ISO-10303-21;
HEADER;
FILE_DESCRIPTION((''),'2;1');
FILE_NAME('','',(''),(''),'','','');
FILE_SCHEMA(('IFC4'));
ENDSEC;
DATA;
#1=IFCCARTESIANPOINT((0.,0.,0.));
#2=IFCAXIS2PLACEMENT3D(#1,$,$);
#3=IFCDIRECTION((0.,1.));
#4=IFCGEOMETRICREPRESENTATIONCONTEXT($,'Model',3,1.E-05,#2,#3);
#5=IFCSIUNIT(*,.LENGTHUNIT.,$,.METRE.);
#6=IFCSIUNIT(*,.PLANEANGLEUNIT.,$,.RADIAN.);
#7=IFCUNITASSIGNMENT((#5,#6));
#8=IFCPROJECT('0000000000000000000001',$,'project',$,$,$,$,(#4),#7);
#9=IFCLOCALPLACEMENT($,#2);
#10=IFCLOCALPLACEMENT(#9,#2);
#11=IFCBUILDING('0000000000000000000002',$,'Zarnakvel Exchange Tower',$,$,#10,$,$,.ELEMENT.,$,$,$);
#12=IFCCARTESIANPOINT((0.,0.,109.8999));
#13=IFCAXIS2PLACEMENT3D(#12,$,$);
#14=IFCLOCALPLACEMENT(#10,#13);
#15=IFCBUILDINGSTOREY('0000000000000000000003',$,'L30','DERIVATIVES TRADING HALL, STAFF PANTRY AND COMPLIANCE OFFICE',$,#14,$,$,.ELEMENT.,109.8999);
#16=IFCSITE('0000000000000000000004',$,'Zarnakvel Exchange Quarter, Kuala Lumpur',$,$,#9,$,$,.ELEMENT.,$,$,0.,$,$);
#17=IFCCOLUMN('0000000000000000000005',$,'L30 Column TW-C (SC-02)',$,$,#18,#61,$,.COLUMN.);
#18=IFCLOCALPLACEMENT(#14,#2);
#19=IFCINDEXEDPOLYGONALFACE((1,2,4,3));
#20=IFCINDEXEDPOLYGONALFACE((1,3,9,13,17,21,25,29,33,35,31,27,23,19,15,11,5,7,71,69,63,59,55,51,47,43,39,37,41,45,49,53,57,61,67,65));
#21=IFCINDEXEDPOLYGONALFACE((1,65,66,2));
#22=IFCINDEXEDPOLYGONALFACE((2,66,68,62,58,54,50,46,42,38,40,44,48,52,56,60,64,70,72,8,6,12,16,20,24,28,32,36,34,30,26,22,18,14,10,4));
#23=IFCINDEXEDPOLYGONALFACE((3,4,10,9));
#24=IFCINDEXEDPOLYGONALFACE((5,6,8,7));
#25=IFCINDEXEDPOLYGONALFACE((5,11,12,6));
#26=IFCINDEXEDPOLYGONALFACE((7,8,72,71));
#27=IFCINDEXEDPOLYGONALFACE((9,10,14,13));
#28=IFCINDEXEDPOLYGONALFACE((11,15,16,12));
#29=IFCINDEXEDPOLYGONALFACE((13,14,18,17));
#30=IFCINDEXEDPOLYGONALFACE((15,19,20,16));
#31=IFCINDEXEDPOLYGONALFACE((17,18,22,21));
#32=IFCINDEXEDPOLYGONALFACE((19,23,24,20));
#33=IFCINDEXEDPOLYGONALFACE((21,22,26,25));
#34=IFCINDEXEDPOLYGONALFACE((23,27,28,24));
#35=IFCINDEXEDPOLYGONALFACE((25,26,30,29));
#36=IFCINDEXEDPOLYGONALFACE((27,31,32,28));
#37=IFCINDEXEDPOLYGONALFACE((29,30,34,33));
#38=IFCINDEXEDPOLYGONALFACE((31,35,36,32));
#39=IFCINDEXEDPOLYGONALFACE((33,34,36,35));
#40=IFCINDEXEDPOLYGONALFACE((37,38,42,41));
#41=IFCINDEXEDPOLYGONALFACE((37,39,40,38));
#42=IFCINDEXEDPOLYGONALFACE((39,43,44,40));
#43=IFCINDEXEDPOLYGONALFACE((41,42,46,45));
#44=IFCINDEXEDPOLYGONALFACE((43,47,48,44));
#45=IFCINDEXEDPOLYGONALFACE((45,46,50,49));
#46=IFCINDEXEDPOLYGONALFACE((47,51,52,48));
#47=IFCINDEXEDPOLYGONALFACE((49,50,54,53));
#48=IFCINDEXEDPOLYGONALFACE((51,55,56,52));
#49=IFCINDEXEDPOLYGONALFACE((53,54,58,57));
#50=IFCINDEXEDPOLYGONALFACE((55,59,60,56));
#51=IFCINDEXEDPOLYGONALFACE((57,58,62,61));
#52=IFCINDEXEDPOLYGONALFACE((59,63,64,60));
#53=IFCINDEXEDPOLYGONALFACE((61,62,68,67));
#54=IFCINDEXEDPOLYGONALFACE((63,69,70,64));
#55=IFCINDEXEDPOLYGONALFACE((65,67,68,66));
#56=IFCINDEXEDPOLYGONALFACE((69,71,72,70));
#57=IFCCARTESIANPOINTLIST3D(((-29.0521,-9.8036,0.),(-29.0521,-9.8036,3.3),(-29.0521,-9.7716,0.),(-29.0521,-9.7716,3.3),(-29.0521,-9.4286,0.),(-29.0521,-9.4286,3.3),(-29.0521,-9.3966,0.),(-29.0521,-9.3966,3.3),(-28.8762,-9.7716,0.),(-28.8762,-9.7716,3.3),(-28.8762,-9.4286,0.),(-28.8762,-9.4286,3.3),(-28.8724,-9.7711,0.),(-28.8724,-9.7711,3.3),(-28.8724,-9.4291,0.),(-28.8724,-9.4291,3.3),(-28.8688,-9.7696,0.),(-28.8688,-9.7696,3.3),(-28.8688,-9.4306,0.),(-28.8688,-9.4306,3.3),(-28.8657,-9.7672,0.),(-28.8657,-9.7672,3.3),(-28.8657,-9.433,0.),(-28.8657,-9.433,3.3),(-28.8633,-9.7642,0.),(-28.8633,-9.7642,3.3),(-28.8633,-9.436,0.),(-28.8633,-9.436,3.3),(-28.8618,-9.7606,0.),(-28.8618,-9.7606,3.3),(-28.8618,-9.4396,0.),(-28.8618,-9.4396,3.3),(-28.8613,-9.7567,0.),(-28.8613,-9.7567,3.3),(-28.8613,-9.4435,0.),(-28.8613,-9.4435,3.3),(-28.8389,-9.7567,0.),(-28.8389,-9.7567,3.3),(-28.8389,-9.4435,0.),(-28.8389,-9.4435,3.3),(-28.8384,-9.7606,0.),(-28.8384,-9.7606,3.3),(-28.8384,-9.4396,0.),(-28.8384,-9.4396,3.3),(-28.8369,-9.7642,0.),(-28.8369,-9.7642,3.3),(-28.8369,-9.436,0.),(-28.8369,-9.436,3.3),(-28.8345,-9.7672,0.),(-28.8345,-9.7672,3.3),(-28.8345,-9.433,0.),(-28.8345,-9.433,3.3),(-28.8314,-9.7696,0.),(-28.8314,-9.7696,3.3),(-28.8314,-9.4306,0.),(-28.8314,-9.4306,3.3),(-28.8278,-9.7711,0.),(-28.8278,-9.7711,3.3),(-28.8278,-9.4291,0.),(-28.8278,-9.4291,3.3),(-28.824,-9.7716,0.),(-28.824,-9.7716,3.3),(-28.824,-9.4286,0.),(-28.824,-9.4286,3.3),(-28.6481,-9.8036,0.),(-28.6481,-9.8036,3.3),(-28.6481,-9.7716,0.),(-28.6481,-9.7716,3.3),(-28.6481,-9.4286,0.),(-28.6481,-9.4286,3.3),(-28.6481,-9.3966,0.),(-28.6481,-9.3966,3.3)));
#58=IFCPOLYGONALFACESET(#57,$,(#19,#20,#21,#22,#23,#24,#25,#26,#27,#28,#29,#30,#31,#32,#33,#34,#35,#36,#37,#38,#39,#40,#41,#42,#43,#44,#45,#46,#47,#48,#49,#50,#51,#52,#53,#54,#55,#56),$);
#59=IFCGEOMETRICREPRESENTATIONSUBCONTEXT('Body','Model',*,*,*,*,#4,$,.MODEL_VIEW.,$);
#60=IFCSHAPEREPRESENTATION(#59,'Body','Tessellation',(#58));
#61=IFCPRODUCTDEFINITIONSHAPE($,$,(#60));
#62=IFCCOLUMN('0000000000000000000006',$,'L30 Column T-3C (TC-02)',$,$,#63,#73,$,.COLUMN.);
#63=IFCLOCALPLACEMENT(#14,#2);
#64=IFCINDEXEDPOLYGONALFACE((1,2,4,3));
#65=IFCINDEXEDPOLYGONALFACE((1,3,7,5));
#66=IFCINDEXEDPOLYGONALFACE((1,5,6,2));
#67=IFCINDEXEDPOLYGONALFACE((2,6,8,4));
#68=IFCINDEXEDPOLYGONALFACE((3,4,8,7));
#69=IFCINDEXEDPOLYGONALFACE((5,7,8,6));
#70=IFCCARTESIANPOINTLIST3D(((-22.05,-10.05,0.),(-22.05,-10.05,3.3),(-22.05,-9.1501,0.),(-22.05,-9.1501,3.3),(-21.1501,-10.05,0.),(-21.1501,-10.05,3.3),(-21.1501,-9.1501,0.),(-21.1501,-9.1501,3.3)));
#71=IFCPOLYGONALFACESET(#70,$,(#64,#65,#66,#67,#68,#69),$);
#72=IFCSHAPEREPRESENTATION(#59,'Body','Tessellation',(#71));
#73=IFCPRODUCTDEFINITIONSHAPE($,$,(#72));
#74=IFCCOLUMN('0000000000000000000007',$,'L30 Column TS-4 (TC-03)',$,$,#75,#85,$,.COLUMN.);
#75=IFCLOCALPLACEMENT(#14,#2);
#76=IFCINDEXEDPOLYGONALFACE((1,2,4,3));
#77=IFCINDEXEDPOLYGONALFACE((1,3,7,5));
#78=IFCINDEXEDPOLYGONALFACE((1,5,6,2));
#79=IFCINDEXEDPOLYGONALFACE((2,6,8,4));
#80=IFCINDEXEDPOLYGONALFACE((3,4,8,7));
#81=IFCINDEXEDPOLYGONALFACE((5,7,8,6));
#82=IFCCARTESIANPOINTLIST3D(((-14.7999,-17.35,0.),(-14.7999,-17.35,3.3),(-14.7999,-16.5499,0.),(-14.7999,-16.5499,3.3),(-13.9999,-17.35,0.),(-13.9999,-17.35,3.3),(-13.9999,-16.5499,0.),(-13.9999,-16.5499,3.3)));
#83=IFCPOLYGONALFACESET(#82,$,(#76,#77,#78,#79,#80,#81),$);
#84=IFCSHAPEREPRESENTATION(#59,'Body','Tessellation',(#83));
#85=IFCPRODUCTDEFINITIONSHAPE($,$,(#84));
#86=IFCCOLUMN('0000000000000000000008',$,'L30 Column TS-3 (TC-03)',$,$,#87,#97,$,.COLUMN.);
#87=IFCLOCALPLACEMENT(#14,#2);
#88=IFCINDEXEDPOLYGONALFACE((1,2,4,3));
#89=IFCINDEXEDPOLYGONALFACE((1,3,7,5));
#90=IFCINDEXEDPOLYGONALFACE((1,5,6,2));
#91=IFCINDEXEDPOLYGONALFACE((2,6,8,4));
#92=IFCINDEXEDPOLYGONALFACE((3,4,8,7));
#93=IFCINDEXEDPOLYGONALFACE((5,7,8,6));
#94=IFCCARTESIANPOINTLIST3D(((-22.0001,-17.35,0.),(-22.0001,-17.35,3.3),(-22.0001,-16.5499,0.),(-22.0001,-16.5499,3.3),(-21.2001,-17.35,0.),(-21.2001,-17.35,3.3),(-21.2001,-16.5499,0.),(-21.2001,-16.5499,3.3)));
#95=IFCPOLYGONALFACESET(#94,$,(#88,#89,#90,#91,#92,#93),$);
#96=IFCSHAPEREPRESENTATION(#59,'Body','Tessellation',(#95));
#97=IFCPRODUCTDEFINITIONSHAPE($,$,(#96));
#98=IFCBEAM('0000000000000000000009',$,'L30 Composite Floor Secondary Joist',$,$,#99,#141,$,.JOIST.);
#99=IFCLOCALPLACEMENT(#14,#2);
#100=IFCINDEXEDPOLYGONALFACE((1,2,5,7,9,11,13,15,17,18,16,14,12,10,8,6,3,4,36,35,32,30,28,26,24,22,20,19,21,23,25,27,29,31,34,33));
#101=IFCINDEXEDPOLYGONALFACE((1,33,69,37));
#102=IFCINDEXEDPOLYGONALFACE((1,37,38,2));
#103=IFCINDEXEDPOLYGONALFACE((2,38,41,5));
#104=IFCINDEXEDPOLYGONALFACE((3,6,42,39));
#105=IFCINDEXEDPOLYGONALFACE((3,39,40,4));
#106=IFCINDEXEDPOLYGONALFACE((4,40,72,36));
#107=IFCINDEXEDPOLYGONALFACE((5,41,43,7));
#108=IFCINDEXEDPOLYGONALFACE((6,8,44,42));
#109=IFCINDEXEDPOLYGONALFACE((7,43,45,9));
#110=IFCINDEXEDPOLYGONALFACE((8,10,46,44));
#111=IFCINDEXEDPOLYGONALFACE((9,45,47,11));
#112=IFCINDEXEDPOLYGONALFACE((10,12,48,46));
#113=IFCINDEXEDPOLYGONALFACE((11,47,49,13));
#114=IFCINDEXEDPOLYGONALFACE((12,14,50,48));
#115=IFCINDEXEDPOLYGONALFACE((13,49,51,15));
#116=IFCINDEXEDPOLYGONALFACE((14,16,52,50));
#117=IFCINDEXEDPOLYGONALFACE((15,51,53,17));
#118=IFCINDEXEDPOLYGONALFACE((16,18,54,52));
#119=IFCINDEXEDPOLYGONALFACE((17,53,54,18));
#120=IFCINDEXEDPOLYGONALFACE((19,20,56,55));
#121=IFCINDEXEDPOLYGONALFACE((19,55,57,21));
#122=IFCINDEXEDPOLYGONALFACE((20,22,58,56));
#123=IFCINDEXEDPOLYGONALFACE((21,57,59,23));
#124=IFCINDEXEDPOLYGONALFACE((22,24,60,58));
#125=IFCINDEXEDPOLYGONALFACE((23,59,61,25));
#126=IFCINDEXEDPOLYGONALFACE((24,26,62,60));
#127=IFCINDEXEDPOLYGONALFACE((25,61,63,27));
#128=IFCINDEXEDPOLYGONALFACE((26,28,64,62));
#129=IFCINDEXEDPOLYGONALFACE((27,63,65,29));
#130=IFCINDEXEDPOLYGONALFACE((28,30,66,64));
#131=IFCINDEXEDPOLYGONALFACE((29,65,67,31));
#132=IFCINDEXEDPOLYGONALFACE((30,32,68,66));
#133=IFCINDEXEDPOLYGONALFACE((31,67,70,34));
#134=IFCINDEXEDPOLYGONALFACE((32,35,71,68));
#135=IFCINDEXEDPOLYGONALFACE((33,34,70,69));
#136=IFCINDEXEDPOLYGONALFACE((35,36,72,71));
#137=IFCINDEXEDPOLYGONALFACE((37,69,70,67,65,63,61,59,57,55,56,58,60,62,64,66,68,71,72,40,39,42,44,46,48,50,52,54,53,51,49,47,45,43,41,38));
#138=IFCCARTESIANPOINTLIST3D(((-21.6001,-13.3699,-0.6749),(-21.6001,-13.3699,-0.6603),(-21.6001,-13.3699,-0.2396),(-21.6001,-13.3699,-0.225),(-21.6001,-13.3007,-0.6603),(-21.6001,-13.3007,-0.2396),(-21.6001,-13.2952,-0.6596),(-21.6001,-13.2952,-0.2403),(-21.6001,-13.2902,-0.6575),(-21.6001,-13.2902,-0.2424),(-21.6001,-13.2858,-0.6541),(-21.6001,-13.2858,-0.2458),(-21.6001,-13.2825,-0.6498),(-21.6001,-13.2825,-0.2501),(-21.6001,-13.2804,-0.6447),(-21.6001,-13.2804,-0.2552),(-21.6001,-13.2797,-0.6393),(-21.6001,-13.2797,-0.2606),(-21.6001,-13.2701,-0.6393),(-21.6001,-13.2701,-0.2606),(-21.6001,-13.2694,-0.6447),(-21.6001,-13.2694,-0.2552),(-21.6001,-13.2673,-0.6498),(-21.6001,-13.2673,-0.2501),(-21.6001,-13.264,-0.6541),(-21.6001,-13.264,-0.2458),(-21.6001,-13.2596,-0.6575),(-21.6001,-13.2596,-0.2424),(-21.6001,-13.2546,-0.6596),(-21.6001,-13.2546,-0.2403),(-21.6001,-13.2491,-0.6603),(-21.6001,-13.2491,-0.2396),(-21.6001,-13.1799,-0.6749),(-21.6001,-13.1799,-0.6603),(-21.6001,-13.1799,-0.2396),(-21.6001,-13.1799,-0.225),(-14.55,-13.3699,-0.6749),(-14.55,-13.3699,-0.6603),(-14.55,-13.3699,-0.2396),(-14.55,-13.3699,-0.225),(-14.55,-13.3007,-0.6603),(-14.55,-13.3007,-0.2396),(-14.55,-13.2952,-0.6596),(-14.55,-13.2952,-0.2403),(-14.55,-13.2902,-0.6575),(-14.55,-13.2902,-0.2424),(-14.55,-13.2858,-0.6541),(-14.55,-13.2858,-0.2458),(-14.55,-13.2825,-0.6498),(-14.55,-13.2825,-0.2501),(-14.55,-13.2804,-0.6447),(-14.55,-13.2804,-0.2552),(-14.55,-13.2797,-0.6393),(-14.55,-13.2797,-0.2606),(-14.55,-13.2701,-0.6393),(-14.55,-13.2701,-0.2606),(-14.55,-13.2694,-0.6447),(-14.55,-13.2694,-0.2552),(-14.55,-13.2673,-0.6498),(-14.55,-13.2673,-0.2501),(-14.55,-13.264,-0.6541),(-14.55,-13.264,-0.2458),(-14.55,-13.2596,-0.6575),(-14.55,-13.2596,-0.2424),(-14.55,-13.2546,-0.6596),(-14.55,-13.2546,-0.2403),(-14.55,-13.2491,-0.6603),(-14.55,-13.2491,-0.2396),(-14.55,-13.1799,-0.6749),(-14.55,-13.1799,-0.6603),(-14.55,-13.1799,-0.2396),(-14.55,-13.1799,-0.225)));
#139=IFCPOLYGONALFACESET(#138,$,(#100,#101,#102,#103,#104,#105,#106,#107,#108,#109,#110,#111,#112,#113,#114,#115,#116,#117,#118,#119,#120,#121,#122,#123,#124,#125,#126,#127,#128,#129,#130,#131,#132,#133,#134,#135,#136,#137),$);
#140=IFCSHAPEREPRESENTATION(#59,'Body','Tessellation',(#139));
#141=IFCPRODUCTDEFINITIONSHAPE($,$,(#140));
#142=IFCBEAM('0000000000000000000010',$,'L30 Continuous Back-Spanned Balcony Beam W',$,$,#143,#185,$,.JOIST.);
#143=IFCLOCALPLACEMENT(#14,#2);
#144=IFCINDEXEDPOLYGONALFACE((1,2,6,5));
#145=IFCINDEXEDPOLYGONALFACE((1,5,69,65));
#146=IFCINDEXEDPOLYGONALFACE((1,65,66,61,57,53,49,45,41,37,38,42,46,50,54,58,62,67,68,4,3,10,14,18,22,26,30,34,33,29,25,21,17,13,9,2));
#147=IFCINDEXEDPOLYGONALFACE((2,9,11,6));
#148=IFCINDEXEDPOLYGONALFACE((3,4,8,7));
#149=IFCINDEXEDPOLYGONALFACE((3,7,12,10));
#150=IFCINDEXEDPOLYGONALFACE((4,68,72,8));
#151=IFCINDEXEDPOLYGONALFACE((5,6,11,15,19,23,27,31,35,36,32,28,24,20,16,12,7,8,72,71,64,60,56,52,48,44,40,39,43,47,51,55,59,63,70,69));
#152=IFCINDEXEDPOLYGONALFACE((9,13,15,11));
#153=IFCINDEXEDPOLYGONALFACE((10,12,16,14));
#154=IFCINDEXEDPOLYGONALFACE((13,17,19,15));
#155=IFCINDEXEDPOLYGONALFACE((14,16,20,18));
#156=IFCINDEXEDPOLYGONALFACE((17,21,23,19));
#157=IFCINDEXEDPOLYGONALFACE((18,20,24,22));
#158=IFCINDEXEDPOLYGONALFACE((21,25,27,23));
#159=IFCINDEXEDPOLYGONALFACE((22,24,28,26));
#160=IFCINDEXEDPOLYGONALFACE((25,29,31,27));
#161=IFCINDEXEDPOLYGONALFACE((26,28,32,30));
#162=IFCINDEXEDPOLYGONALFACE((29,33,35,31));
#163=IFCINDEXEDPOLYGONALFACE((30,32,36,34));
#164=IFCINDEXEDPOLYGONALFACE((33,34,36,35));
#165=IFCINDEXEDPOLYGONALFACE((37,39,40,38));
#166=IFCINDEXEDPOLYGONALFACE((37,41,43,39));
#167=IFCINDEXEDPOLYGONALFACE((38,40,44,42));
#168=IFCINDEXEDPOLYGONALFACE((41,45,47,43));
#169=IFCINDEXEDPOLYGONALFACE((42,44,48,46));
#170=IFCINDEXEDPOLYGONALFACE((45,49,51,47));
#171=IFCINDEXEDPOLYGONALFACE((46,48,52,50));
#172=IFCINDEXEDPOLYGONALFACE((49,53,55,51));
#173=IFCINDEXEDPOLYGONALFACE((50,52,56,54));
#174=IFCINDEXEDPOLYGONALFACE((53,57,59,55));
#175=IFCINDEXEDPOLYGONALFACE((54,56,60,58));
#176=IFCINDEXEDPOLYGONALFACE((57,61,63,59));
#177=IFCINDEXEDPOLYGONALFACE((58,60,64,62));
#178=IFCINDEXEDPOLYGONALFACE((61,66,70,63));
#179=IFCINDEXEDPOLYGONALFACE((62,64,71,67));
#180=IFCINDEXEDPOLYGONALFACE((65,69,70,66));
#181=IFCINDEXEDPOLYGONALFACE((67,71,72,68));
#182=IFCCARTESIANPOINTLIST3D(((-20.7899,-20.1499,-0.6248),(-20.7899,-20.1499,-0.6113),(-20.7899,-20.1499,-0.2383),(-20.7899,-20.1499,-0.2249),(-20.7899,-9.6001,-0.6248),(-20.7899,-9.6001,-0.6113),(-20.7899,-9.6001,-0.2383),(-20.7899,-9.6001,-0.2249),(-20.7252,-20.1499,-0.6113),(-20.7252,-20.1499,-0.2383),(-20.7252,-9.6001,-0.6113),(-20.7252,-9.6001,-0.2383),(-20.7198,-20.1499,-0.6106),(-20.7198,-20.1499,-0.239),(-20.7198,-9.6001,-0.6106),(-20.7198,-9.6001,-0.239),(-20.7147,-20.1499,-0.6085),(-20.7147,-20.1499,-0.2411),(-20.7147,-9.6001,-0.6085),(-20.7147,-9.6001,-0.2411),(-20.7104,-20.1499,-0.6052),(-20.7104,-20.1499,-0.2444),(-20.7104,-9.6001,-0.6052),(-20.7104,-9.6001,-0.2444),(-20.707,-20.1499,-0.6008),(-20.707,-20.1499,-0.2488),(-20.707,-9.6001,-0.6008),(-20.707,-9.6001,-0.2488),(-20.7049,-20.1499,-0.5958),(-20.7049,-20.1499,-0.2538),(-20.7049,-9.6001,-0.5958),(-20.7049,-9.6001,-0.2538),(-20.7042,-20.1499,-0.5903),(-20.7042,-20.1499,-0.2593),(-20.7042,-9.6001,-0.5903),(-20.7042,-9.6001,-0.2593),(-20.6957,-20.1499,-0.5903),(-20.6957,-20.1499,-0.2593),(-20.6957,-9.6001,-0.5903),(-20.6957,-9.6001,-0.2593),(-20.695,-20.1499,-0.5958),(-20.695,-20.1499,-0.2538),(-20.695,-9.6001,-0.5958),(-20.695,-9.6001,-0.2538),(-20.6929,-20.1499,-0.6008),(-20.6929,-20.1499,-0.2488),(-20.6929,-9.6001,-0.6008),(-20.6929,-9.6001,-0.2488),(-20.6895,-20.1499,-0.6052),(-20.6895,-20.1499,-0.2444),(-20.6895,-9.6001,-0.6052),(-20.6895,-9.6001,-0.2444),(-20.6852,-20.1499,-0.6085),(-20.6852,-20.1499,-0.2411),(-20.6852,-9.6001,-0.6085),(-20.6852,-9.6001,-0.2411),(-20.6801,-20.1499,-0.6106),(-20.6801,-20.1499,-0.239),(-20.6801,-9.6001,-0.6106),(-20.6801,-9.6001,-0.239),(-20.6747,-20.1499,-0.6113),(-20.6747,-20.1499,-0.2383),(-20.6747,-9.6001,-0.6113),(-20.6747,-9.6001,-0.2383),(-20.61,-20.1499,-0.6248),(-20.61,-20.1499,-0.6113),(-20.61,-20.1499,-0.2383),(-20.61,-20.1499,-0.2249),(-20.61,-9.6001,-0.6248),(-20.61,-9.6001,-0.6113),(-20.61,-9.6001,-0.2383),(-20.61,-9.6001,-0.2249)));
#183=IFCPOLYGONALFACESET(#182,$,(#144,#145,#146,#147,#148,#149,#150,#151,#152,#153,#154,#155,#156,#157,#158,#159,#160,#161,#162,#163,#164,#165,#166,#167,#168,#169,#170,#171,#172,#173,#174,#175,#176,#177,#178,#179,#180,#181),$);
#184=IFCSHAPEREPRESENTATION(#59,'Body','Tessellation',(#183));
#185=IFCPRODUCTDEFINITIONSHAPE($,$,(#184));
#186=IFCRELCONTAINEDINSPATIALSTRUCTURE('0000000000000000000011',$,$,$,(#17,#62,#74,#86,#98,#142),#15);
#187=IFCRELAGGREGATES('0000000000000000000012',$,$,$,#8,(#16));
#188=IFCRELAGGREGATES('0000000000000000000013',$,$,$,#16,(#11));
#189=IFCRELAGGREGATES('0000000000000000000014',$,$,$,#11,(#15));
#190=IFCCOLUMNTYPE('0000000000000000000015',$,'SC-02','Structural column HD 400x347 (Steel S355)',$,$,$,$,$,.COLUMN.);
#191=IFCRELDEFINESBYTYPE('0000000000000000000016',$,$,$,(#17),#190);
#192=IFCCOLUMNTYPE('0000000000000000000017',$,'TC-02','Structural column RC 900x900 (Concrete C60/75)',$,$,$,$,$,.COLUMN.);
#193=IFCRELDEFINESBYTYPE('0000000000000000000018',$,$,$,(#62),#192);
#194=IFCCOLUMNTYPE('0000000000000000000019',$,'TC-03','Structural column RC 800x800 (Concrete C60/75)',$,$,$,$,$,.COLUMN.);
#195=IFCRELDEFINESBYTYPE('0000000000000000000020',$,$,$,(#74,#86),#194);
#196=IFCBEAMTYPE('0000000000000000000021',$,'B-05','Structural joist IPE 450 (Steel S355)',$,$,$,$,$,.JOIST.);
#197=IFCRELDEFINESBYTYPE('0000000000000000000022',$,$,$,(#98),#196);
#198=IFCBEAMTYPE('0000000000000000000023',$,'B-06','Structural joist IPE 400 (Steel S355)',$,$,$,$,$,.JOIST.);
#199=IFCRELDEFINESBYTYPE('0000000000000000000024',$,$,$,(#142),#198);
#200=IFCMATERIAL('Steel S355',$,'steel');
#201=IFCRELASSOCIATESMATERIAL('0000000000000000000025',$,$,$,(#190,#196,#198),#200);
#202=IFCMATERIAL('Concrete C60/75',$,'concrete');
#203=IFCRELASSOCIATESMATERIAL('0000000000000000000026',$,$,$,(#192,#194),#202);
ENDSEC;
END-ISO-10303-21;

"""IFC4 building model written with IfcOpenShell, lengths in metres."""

from ifc_helpers import new_model, si_unit, direction, frame, origin, origin_2d, place, context, subcontext, project, spatial, rectangle, i_section, extrude, material, material_profile, profile_set, type_object, element, save


model = new_model("IFC4")

# Units and contexts
model_context = context("Model", 3, precision=1e-05, world=origin(), true_north=direction((0.0, 1.0)))
body_context = subcontext(model_context, "Body", "Model", "MODEL_VIEW")
ifc_project = project(units=[si_unit("LENGTHUNIT", "METRE"), si_unit("PLANEANGLEUNIT", "RADIAN")], contexts=[model_context])

# Site, building, storey
site_placement = place(None, origin())
site = spatial("IfcSite", under=ifc_project, at=site_placement, Name="Zarnakvel Exchange Quarter, Kuala Lumpur", CompositionType="ELEMENT", RefElevation=0.0)
building_placement = place(site_placement, origin())
building = spatial("IfcBuilding", under=site, at=building_placement, Name="Zarnakvel Exchange Tower", CompositionType="ELEMENT")
storey_placement = place(building_placement, frame((0.0, 0.0, 109.8999)))
storey = spatial("IfcBuildingStorey", under=building, at=storey_placement, Name="L30", Description="DERIVATIVES TRADING HALL, STAFF PANTRY AND COMPLIANCE OFFICE", CompositionType="ELEMENT", Elevation=109.8999)

# Columns
ifc_material_1 = material(Name="Steel S355", Category="steel")
ifc_material_profile_1 = material_profile(ifc_material_1, i_section(OverallWidth=0.4041, OverallDepth=0.407, WebThickness=0.0225, FlangeThickness=0.032, FilletRadius=0.0149, at=origin_2d()))
ifc_profile_set_1 = profile_set([ifc_material_profile_1], Name="Steel S355")
column_type_1 = type_object("IfcColumnType", Name="SC-02", Description="Structural column HD 400x347 (Steel S355)", PredefinedType="COLUMN", material=ifc_profile_set_1)
column_1_placement = place(storey_placement, frame((-28.8501, -9.6001, 0.0), z_axis=(0.0, 0.0, 1.0), x_axis=(1.0, 0.0, 0.0)))
element("IfcColumn", 1, at=column_1_placement, inside=storey, type_object=column_type_1, Name="L30 Column TW-C (SC-02)", PredefinedType="COLUMN", context=body_context, shape_type="SweptSolid", body=[
    extrude(i_section(OverallWidth=0.4041, OverallDepth=0.407, WebThickness=0.0225, FlangeThickness=0.032, FilletRadius=0.0149, at=origin_2d()), origin(), (0.0, 0.0, 1.0), 3.3),
])
ifc_material_2 = material(Name="Concrete C60/75", Category="concrete")
ifc_material_profile_2 = material_profile(ifc_material_2, rectangle(XDim=0.8999, YDim=0.8999, at=origin_2d()))
ifc_profile_set_2 = profile_set([ifc_material_profile_2], Name="Concrete C60/75")
column_type_2 = type_object("IfcColumnType", Name="TC-02", Description="Structural column RC 900x900 (Concrete C60/75)", PredefinedType="COLUMN", material=ifc_profile_set_2)
column_2_placement = place(storey_placement, frame((-21.6001, -9.6001, 0.0), z_axis=(0.0, 0.0, 1.0), x_axis=(1.0, 0.0, 0.0)))
element("IfcColumn", 2, at=column_2_placement, inside=storey, type_object=column_type_2, Name="L30 Column T-3C (TC-02)", PredefinedType="COLUMN", context=body_context, shape_type="SweptSolid", body=[
    extrude(rectangle(XDim=0.8999, YDim=0.8999, at=origin_2d()), origin(), (0.0, 0.0, 1.0), 3.3),
])
ifc_material_profile_3 = material_profile(ifc_material_2, rectangle(XDim=0.8, YDim=0.8, at=origin_2d()))
ifc_profile_set_3 = profile_set([ifc_material_profile_3], Name="Concrete C60/75")
column_type_3 = type_object("IfcColumnType", Name="TC-03", Description="Structural column RC 800x800 (Concrete C60/75)", PredefinedType="COLUMN", material=ifc_profile_set_3)
for number, where, z_axis, x_axis, name in (
    (3, (-14.3999, -16.95, 0.0), (0.0, 0.0, 1.0), (1.0, 0.0, 0.0), "L30 Column TS-4 (TC-03)"),
    (4, (-21.6001, -16.95, 0.0), (0.0, 0.0, 1.0), (1.0, 0.0, 0.0), "L30 Column TS-3 (TC-03)"),
):
    element("IfcColumn", number, at=place(storey_placement, frame(where, z_axis=z_axis, x_axis=x_axis)), inside=storey, type_object=column_type_3, Name=name, PredefinedType="COLUMN", context=body_context, shape_type="SweptSolid", body=[
        extrude(rectangle(XDim=0.8, YDim=0.8, at=origin_2d()), origin(), (0.0, 0.0, 1.0), 3.3),
    ])

# Beams
ifc_material_profile_4 = material_profile(ifc_material_1, i_section(OverallWidth=0.1899, OverallDepth=0.45, WebThickness=0.0095, FlangeThickness=0.0146, FilletRadius=0.021, at=origin_2d()))
ifc_profile_set_4 = profile_set([ifc_material_profile_4], Name="Steel S355")
beam_type_1 = type_object("IfcBeamType", Name="B-05", Description="Structural joist IPE 450 (Steel S355)", PredefinedType="JOIST", material=ifc_profile_set_4)
beam_1_placement = place(storey_placement, frame((-21.6001, -13.2749, -0.45), z_axis=(1.0, 0.0, 0.0), x_axis=(0.0, 1.0, 0.0)))
element("IfcBeam", 5, at=beam_1_placement, inside=storey, type_object=beam_type_1, Name="L30 Composite Floor Secondary Joist", PredefinedType="JOIST", context=body_context, shape_type="SweptSolid", body=[
    extrude(i_section(OverallWidth=0.1899, OverallDepth=0.45, WebThickness=0.0095, FlangeThickness=0.0146, FilletRadius=0.021, at=origin_2d()), origin(), (0.0, 0.0, 1.0), 7.05),
])
ifc_material_profile_5 = material_profile(ifc_material_1, i_section(OverallWidth=0.1799, OverallDepth=0.3999, WebThickness=0.0085, FlangeThickness=0.0134, FilletRadius=0.021, at=origin_2d()))
ifc_profile_set_5 = profile_set([ifc_material_profile_5], Name="Steel S355")
beam_type_2 = type_object("IfcBeamType", Name="B-06", Description="Structural joist IPE 400 (Steel S355)", PredefinedType="JOIST", material=ifc_profile_set_5)
beam_2_placement = place(storey_placement, frame((-20.7, -9.6001, -0.4248), z_axis=(0.0, -1.0, 0.0), x_axis=(1.0, 0.0, 0.0)))
element("IfcBeam", 6, at=beam_2_placement, inside=storey, type_object=beam_type_2, Name="L30 Continuous Back-Spanned Balcony Beam W", PredefinedType="JOIST", context=body_context, shape_type="SweptSolid", body=[
    extrude(i_section(OverallWidth=0.1799, OverallDepth=0.3999, WebThickness=0.0085, FlangeThickness=0.0134, FilletRadius=0.021, at=origin_2d()), origin(), (0.0, 0.0, 1.0), 10.5498),
])

save(model, "model.ifc")
